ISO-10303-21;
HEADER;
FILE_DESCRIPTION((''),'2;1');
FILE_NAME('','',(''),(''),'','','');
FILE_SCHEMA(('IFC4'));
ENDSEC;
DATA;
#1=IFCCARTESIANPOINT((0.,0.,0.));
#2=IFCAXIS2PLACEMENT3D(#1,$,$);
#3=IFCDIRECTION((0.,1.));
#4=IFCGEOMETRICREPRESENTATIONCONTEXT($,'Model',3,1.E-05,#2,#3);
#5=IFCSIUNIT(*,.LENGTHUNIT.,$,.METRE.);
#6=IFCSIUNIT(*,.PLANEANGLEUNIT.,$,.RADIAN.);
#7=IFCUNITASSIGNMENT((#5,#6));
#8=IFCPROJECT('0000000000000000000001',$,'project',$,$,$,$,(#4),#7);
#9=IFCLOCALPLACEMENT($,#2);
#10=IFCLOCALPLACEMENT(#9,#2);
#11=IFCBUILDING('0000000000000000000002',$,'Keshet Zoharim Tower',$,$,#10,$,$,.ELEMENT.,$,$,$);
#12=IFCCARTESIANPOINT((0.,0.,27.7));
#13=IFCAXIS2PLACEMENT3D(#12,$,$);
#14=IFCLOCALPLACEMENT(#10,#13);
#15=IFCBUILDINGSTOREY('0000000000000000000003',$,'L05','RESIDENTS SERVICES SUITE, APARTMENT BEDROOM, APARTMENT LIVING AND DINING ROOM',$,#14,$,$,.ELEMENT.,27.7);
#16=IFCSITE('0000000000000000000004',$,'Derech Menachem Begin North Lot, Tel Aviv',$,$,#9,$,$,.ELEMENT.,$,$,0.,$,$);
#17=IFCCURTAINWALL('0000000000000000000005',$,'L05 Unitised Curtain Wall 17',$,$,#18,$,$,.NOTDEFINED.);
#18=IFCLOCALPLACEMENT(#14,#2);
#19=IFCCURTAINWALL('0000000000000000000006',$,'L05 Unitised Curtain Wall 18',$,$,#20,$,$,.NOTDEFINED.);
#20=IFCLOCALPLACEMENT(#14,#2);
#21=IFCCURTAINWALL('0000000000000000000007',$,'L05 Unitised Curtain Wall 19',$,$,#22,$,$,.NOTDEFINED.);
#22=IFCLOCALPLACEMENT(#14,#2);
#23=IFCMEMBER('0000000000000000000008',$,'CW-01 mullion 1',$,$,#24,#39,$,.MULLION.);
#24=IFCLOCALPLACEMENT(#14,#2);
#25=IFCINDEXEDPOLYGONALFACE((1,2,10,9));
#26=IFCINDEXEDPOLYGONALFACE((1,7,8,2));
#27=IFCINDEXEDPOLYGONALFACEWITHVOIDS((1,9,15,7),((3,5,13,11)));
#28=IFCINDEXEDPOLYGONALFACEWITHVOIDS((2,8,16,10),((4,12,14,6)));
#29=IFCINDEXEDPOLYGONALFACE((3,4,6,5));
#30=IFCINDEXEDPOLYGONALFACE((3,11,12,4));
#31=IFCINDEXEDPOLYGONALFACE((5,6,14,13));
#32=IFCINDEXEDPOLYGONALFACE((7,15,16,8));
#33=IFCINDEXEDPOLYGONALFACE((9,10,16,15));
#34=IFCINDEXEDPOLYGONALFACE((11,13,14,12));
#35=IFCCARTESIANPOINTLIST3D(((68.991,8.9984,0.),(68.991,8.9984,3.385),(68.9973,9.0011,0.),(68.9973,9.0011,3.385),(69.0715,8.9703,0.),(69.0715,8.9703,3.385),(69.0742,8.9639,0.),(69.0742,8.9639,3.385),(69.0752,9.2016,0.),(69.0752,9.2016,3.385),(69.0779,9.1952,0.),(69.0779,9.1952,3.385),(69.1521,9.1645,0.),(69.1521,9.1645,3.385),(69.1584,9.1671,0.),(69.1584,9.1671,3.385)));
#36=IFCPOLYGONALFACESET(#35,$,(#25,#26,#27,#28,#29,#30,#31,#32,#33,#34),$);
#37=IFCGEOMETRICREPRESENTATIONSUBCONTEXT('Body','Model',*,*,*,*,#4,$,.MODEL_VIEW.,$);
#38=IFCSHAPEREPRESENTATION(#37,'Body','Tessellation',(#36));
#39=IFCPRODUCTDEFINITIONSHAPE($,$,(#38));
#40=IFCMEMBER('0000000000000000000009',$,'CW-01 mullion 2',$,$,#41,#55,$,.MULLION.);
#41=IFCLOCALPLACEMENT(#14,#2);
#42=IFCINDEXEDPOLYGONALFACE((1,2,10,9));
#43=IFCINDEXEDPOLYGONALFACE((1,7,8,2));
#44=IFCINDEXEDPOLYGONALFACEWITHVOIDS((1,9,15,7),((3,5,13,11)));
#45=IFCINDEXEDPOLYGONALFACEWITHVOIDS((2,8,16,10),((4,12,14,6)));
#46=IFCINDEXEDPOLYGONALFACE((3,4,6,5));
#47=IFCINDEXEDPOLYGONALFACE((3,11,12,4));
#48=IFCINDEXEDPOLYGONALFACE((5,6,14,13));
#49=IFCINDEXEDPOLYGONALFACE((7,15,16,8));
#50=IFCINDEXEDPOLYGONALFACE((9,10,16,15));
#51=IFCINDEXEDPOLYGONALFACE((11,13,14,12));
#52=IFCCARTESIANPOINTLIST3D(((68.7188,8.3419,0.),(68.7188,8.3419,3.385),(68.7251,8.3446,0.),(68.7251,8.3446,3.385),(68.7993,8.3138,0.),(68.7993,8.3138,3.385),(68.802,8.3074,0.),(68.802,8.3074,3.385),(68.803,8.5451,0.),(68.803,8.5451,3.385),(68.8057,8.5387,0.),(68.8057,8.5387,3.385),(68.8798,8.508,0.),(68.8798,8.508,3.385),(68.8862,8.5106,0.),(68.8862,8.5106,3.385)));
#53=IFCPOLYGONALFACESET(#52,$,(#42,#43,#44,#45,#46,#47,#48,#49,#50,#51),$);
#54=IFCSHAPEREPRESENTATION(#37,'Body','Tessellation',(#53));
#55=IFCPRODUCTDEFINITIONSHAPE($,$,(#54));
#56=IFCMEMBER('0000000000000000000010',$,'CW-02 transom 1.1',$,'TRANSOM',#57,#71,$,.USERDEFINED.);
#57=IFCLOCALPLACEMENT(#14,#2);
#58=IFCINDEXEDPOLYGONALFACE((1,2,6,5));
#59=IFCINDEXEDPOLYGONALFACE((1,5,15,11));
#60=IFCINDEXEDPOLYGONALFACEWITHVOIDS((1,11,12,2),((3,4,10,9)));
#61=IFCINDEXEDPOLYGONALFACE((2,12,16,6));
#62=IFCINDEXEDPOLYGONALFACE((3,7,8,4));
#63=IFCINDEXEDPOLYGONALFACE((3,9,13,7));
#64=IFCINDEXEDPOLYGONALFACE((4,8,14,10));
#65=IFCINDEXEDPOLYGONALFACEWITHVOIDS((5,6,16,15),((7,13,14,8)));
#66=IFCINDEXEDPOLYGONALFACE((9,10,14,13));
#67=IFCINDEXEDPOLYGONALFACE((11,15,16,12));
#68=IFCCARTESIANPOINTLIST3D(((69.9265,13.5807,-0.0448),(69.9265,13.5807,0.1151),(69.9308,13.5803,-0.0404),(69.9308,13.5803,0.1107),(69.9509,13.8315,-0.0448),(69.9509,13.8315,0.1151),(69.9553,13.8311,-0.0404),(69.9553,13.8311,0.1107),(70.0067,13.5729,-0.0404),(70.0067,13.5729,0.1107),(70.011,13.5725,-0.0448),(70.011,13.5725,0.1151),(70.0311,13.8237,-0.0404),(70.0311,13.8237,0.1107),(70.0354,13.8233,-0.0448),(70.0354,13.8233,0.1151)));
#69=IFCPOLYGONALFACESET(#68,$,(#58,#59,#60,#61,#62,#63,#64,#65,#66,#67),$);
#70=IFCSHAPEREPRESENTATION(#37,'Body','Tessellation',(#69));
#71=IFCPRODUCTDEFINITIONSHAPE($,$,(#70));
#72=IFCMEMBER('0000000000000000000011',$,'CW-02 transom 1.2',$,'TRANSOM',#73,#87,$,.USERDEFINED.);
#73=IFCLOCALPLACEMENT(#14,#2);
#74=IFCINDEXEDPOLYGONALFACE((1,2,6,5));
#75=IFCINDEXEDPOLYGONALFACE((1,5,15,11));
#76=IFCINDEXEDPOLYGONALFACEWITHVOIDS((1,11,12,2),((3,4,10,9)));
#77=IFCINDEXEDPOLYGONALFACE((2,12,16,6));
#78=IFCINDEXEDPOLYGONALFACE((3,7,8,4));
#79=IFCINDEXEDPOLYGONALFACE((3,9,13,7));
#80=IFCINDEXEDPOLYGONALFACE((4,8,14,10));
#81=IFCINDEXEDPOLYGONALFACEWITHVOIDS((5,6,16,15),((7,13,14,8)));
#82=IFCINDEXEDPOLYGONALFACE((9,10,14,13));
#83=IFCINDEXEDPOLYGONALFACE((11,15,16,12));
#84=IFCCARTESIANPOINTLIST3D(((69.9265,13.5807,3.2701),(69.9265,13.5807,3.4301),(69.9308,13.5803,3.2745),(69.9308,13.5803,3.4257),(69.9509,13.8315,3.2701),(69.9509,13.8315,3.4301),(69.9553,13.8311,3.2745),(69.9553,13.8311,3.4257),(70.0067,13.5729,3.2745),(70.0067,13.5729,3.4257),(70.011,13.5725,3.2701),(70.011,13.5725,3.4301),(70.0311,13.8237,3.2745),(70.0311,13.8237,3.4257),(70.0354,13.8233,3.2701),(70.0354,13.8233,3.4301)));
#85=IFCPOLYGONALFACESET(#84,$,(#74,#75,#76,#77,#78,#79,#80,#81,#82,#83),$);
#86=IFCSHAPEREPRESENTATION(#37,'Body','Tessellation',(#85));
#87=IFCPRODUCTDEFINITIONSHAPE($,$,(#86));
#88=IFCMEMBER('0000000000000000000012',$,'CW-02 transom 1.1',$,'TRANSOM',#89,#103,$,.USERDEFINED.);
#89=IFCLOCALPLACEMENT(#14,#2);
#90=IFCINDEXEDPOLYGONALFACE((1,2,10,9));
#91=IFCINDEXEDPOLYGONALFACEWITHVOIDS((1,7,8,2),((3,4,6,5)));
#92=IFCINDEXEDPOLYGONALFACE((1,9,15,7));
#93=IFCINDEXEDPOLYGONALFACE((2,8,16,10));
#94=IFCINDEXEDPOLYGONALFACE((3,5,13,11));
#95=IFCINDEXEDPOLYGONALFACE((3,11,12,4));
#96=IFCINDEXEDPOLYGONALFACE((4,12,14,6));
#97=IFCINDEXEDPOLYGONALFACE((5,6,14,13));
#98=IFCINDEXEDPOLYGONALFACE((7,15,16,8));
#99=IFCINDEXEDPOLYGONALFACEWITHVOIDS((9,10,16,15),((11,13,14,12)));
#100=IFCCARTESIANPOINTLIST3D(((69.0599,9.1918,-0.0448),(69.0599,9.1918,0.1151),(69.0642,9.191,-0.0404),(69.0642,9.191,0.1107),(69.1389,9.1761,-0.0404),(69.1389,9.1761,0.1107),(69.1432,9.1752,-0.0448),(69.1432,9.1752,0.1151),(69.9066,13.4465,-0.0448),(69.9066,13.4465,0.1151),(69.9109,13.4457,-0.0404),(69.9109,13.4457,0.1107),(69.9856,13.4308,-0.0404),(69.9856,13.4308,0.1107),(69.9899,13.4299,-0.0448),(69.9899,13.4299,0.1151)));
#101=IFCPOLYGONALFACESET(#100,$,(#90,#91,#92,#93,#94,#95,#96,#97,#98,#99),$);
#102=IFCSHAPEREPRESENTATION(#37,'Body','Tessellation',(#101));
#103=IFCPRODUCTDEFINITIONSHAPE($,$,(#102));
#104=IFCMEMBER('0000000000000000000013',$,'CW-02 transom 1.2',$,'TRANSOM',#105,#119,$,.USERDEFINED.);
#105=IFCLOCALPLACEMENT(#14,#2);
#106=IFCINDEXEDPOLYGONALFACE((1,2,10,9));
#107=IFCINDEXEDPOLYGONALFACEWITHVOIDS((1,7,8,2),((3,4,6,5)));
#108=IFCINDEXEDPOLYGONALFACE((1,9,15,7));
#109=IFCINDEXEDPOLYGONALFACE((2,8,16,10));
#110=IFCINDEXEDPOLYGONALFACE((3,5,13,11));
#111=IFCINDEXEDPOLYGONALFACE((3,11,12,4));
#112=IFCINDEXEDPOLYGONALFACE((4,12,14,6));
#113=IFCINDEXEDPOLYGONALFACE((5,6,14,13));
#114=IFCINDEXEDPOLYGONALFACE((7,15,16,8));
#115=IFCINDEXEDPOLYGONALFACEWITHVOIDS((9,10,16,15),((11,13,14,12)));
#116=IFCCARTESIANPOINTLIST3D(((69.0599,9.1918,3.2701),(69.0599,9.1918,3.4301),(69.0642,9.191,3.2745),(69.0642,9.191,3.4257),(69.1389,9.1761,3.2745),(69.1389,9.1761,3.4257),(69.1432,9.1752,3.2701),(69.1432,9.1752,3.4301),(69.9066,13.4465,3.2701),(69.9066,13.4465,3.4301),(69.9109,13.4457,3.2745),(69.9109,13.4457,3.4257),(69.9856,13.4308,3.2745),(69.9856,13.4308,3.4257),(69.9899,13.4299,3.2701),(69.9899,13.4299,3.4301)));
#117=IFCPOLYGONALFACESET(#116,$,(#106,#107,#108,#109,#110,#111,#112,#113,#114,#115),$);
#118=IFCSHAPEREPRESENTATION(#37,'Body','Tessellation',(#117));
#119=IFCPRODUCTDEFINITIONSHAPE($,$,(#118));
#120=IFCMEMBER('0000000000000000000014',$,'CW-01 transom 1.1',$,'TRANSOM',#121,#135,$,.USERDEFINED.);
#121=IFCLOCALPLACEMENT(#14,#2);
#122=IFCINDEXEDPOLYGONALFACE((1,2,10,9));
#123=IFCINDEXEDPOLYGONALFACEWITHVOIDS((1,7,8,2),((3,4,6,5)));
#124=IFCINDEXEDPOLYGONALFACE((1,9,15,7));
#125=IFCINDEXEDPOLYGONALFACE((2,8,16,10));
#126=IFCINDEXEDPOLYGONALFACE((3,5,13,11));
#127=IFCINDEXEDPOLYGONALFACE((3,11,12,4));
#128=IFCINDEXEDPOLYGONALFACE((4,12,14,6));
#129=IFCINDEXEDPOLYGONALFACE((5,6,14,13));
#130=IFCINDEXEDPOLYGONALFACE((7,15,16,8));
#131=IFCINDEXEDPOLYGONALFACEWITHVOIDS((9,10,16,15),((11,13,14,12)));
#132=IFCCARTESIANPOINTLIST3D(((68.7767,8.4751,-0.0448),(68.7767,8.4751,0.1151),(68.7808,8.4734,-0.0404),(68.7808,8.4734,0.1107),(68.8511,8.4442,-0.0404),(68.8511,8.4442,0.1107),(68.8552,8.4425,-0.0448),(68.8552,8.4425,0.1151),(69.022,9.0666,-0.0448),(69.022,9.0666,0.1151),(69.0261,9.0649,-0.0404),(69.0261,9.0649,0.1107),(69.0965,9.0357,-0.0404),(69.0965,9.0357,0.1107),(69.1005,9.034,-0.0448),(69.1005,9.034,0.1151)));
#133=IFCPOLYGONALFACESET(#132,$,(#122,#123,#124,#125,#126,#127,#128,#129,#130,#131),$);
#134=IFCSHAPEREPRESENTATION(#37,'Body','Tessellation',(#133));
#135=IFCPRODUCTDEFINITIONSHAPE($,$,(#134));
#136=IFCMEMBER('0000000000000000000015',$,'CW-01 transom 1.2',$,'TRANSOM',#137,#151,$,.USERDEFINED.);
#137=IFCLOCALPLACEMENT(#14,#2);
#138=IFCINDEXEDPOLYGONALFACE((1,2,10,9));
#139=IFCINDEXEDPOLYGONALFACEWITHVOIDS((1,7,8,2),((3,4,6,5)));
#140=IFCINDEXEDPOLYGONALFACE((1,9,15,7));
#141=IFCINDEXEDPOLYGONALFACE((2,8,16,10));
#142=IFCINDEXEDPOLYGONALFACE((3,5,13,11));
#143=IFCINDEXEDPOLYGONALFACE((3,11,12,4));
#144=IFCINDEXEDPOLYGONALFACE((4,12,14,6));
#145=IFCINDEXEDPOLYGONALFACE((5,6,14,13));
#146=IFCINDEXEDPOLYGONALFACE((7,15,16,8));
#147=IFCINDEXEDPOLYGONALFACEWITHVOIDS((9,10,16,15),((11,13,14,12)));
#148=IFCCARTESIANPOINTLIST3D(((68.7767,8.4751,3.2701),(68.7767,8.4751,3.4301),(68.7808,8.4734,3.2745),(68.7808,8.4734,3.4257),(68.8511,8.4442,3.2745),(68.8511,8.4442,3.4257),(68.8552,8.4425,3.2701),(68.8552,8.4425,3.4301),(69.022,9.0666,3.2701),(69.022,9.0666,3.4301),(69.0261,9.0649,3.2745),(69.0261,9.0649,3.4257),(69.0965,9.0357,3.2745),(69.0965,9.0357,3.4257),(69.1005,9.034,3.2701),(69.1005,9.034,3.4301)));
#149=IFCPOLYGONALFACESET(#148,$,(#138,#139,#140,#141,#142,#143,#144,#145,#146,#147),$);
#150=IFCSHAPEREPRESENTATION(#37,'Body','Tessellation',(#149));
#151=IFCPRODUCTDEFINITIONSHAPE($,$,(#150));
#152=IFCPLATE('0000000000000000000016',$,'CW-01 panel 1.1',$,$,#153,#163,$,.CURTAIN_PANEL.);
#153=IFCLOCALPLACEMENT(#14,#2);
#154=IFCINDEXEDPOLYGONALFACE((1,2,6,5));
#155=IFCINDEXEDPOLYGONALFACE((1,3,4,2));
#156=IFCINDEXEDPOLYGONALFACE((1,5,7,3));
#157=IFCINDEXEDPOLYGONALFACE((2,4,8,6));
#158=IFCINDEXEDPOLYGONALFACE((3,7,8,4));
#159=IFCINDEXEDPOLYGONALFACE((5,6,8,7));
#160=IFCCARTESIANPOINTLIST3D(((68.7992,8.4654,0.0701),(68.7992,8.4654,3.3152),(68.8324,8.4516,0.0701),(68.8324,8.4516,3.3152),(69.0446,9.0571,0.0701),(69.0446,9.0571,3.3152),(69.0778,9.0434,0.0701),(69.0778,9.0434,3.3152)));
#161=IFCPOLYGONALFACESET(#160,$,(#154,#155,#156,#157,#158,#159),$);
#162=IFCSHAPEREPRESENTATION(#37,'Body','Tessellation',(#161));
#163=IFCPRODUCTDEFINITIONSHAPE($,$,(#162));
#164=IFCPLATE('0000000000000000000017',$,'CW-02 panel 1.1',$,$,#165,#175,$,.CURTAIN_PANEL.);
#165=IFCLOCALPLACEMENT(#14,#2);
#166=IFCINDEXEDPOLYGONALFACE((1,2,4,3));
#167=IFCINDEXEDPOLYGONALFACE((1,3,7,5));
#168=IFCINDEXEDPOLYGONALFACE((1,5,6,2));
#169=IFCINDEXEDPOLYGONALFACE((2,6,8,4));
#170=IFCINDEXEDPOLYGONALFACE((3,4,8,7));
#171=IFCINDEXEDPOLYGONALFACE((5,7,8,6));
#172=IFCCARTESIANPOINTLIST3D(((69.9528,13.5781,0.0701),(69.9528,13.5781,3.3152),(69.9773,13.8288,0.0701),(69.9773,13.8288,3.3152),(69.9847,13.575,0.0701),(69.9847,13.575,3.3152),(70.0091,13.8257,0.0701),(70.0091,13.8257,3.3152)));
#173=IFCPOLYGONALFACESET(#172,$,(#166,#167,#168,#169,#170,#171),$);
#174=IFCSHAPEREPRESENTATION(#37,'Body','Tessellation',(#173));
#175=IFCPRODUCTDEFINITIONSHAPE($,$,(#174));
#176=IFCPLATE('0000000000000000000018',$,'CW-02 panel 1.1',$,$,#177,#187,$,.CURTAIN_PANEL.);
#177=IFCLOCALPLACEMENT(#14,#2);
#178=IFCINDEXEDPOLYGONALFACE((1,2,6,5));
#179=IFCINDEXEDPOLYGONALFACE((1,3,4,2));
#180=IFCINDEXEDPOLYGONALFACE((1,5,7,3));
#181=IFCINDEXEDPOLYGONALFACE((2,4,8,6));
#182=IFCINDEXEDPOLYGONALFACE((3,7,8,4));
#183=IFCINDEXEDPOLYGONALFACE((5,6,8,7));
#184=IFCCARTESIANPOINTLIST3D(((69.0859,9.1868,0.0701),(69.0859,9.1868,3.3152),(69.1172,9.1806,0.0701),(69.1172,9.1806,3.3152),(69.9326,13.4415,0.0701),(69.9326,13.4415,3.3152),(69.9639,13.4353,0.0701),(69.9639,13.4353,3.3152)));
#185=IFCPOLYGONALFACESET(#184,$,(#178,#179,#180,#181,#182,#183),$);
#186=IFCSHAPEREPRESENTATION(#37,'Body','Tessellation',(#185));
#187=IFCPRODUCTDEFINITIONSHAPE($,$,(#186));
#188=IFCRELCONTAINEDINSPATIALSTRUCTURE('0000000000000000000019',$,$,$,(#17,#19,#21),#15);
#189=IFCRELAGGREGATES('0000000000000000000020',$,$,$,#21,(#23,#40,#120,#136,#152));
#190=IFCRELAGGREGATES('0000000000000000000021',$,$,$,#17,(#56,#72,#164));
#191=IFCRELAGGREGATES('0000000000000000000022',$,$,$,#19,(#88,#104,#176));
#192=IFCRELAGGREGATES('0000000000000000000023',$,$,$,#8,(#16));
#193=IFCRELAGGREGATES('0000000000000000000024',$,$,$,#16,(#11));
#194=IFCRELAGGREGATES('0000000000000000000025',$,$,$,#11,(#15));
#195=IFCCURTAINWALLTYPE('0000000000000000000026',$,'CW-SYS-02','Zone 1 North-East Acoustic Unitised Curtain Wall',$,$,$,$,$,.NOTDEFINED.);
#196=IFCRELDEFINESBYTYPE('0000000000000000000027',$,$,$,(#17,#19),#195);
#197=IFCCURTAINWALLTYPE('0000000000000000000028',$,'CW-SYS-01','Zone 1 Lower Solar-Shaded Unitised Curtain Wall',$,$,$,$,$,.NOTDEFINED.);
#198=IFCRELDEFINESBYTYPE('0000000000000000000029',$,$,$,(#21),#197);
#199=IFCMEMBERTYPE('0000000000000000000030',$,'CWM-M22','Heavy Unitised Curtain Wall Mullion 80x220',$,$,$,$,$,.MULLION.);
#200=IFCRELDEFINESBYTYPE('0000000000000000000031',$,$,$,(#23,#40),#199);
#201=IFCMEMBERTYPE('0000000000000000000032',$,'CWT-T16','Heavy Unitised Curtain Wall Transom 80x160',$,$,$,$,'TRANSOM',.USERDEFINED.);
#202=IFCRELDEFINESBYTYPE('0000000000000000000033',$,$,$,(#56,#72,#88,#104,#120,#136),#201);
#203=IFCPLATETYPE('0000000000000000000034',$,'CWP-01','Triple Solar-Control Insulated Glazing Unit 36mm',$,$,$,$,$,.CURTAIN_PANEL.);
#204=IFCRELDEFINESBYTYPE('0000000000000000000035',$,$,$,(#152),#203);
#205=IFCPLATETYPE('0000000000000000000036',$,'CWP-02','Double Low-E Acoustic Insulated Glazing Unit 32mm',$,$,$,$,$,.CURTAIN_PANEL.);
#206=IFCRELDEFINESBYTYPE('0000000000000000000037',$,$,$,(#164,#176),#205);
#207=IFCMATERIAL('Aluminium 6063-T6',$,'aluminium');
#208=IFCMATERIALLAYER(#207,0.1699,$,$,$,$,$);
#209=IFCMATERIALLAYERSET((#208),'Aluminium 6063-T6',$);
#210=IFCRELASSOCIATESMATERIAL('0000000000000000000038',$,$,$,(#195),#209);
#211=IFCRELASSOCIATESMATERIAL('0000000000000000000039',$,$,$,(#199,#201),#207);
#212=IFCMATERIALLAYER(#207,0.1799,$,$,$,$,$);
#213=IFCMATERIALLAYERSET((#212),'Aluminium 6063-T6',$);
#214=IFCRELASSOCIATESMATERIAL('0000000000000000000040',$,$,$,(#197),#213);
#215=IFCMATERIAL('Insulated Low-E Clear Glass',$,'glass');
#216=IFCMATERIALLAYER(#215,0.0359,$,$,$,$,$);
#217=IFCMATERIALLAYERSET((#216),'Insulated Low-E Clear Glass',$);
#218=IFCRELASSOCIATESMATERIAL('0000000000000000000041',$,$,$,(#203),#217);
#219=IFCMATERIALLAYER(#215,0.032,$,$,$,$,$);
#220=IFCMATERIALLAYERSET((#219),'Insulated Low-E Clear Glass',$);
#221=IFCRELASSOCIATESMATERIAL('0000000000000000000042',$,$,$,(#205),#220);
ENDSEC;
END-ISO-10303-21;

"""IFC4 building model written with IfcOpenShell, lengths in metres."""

from ifc_helpers import new_model, si_unit, direction, frame, origin, origin_2d, place, context, subcontext, project, spatial, rectangle, hollow_rectangle, extrude, material, layer, layer_set, material_profile, profile_set, type_object, element, aggregate, save


model = new_model("IFC4")

# Units and contexts
model_context = context("Model", 3, precision=1e-05, world=origin(), true_north=direction((0.0, 1.0)))
body_context = subcontext(model_context, "Body", "Model", "MODEL_VIEW")
ifc_project = project(units=[si_unit("LENGTHUNIT", "METRE"), si_unit("PLANEANGLEUNIT", "RADIAN")], contexts=[model_context])

# Site, building, storey
site_placement = place(None, origin())
site = spatial("IfcSite", under=ifc_project, at=site_placement, Name="Derech Menachem Begin North Lot, Tel Aviv", CompositionType="ELEMENT", RefElevation=0.0)
building_placement = place(site_placement, origin())
building = spatial("IfcBuilding", under=site, at=building_placement, Name="Keshet Zoharim Tower", CompositionType="ELEMENT")
storey_placement = place(building_placement, frame((0.0, 0.0, 27.7)))
storey = spatial("IfcBuildingStorey", under=building, at=storey_placement, Name="L05", Description="RESIDENTS SERVICES SUITE, APARTMENT BEDROOM, APARTMENT LIVING AND DINING ROOM", CompositionType="ELEMENT", Elevation=27.7)

# Shared definitions
ifc_material_1 = material(Name="Aluminium 6063-T6", Category="aluminium")
ifc_layer_1 = layer(ifc_material_1, 0.1699)
ifc_layer_set_1 = layer_set([ifc_layer_1], Name="Aluminium 6063-T6")
curtain_wall_type_1 = type_object("IfcCurtainWallType", Name="CW-SYS-02", Description="Zone 1 North-East Acoustic Unitised Curtain Wall", PredefinedType="NOTDEFINED", material=ifc_layer_set_1)
ifc_material_profile_1 = material_profile(ifc_material_1, hollow_rectangle(XDim=0.0901, YDim=0.22, WallThickness=0.0049, at=origin_2d()), Name="MUL-90x220")
ifc_profile_set_1 = profile_set([ifc_material_profile_1], Name="Aluminium 6063-T6")
member_type_1 = type_object("IfcMemberType", Name="CWM-M22", Description="Heavy Unitised Curtain Wall Mullion 80x220", PredefinedType="MULLION", material=ifc_profile_set_1)

# Curtain walls, members
curtain_wall_1_placement = place(storey_placement, origin())
curtain_wall_1 = element("IfcCurtainWall", 1, at=curtain_wall_1_placement, inside=storey, type_object=curtain_wall_type_1, Name="L05 Unitised Curtain Wall 17", PredefinedType="NOTDEFINED")
curtain_wall_2_placement = place(storey_placement, origin())
curtain_wall_2 = element("IfcCurtainWall", 2, at=curtain_wall_2_placement, inside=storey, type_object=curtain_wall_type_1, Name="L05 Unitised Curtain Wall 18", PredefinedType="NOTDEFINED")
ifc_layer_2 = layer(ifc_material_1, 0.1799)
ifc_layer_set_2 = layer_set([ifc_layer_2], Name="Aluminium 6063-T6")
curtain_wall_type_2 = type_object("IfcCurtainWallType", Name="CW-SYS-01", Description="Zone 1 Lower Solar-Shaded Unitised Curtain Wall", PredefinedType="NOTDEFINED", material=ifc_layer_set_2)
curtain_wall_3_placement = place(storey_placement, origin())
curtain_wall_3 = element("IfcCurtainWall", 3, at=curtain_wall_3_placement, inside=storey, type_object=curtain_wall_type_2, Name="L05 Unitised Curtain Wall 19", PredefinedType="NOTDEFINED")
member_1_placement = place(storey_placement, frame((69.0747, 9.0828, 0.0), z_axis=(0.0, 0.0, 1.0), x_axis=(0.92372, -0.383068, 0.0)))
member_1 = element("IfcMember", 4, at=member_1_placement, type_object=member_type_1, Name="CW-01 mullion 1", PredefinedType="MULLION", context=body_context, shape_type="SweptSolid", body=[
    extrude(hollow_rectangle(XDim=0.0901, YDim=0.22, WallThickness=0.0049, at=origin_2d()), origin(), (0.0, 0.0, 1.0), 3.385),
])
member_2_placement = place(storey_placement, frame((68.8025, 8.4263, 0.0), z_axis=(0.0, 0.0, 1.0), x_axis=(0.92372, -0.383068, 0.0)))
member_2 = element("IfcMember", 5, at=member_2_placement, type_object=member_type_1, Name="CW-01 mullion 2", PredefinedType="MULLION", context=body_context, shape_type="SweptSolid", body=[
    extrude(hollow_rectangle(XDim=0.0901, YDim=0.22, WallThickness=0.0049, at=origin_2d()), origin(), (0.0, 0.0, 1.0), 3.385),
])

# Members
ifc_material_profile_2 = material_profile(ifc_material_1, hollow_rectangle(XDim=0.085, YDim=0.1599, WallThickness=0.0044, at=origin_2d()), Name="TRN-85x160")
ifc_profile_set_2 = profile_set([ifc_material_profile_2], Name="Aluminium 6063-T6")
member_type_2 = type_object("IfcMemberType", Name="CWT-T16", Description="Heavy Unitised Curtain Wall Transom 80x160", ElementType="TRANSOM", PredefinedType="USERDEFINED", material=ifc_profile_set_2)
member_3_placement = place(storey_placement, frame((69.9932, 13.8274, 0.0352), z_axis=(-0.096913, -0.995293, 0.0), x_axis=(0.995293, -0.096913, 0.0)))
member_3 = element("IfcMember", 6, at=member_3_placement, type_object=member_type_2, Name="CW-02 transom 1.1", ObjectType="TRANSOM", PredefinedType="USERDEFINED", context=body_context, shape_type="SweptSolid", body=[
    extrude(hollow_rectangle(XDim=0.085, YDim=0.1599, WallThickness=0.0044, at=origin_2d()), origin(), (0.0, 0.0, 1.0), 0.252),
])
member_4_placement = place(storey_placement, frame((69.9932, 13.8274, 3.3501), z_axis=(-0.096913, -0.995293, 0.0), x_axis=(0.995293, -0.096913, 0.0)))
member_4 = element("IfcMember", 7, at=member_4_placement, type_object=member_type_2, Name="CW-02 transom 1.2", ObjectType="TRANSOM", PredefinedType="USERDEFINED", context=body_context, shape_type="SweptSolid", body=[
    extrude(hollow_rectangle(XDim=0.085, YDim=0.1599, WallThickness=0.0044, at=origin_2d()), origin(), (0.0, 0.0, 1.0), 0.252),
])
member_5_placement = place(storey_placement, frame((69.9482, 13.4382, 0.0352), z_axis=(-0.195174, -0.980769, 0.0), x_axis=(0.980769, -0.195174, 0.0)))
member_5 = element("IfcMember", 8, at=member_5_placement, type_object=member_type_2, Name="CW-02 transom 1.1", ObjectType="TRANSOM", PredefinedType="USERDEFINED", context=body_context, shape_type="SweptSolid", body=[
    extrude(hollow_rectangle(XDim=0.085, YDim=0.1599, WallThickness=0.0044, at=origin_2d()), origin(), (0.0, 0.0, 1.0), 4.3381),
])
member_6_placement = place(storey_placement, frame((69.9482, 13.4382, 3.3501), z_axis=(-0.195174, -0.980769, 0.0), x_axis=(0.980769, -0.195174, 0.0)))
member_6 = element("IfcMember", 9, at=member_6_placement, type_object=member_type_2, Name="CW-02 transom 1.2", ObjectType="TRANSOM", PredefinedType="USERDEFINED", context=body_context, shape_type="SweptSolid", body=[
    extrude(hollow_rectangle(XDim=0.085, YDim=0.1599, WallThickness=0.0044, at=origin_2d()), origin(), (0.0, 0.0, 1.0), 4.3381),
])
member_7_placement = place(storey_placement, frame((69.0613, 9.0503, 0.0352), z_axis=(-0.383126, -0.923696, 0.0), x_axis=(0.923696, -0.383126, 0.0)))
member_7 = element("IfcMember", 10, at=member_7_placement, type_object=member_type_2, Name="CW-01 transom 1.1", ObjectType="TRANSOM", PredefinedType="USERDEFINED", context=body_context, shape_type="SweptSolid", body=[
    extrude(hollow_rectangle(XDim=0.085, YDim=0.1599, WallThickness=0.0044, at=origin_2d()), origin(), (0.0, 0.0, 1.0), 0.6404),
])
member_8_placement = place(storey_placement, frame((69.0613, 9.0503, 3.3501), z_axis=(-0.383126, -0.923696, 0.0), x_axis=(0.923696, -0.383126, 0.0)))
member_8 = element("IfcMember", 11, at=member_8_placement, type_object=member_type_2, Name="CW-01 transom 1.2", ObjectType="TRANSOM", PredefinedType="USERDEFINED", context=body_context, shape_type="SweptSolid", body=[
    extrude(hollow_rectangle(XDim=0.085, YDim=0.1599, WallThickness=0.0044, at=origin_2d()), origin(), (0.0, 0.0, 1.0), 0.6404),
])

# Plates
ifc_material_2 = material(Name="Insulated Low-E Clear Glass", Category="glass")
ifc_layer_3 = layer(ifc_material_2, 0.0359)
ifc_layer_set_3 = layer_set([ifc_layer_3], Name="Insulated Low-E Clear Glass")
plate_type_1 = type_object("IfcPlateType", Name="CWP-01", Description="Triple Solar-Control Insulated Glazing Unit 36mm", PredefinedType="CURTAIN_PANEL", material=ifc_layer_set_3)
plate_1_placement = place(storey_placement, frame((68.9385, 8.7544, 0.0701), z_axis=(0.0, 0.0, 1.0), x_axis=(-0.383068, -0.92372, 0.0)))
plate_1 = element("IfcPlate", 12, at=plate_1_placement, type_object=plate_type_1, Name="CW-01 panel 1.1", PredefinedType="CURTAIN_PANEL", context=body_context, shape_type="SweptSolid", body=[
    extrude(rectangle(XDim=0.6406, YDim=0.0359, at=origin_2d()), origin(), (0.0, 0.0, 1.0), 3.2451),
])
aggregate(curtain_wall_3, [member_1, member_2, member_7, member_8, plate_1])
ifc_layer_4 = layer(ifc_material_2, 0.032)
ifc_layer_set_4 = layer_set([ifc_layer_4], Name="Insulated Low-E Clear Glass")
plate_type_2 = type_object("IfcPlateType", Name="CWP-02", Description="Double Low-E Acoustic Insulated Glazing Unit 32mm", PredefinedType="CURTAIN_PANEL", material=ifc_layer_set_4)
plate_2_placement = place(storey_placement, frame((69.981, 13.7019, 0.0701), z_axis=(0.0, 0.0, 1.0), x_axis=(-0.096977, -0.995287, 0.0)))
plate_2 = element("IfcPlate", 13, at=plate_2_placement, type_object=plate_type_2, Name="CW-02 panel 1.1", PredefinedType="CURTAIN_PANEL", context=body_context, shape_type="SweptSolid", body=[
    extrude(rectangle(XDim=0.252, YDim=0.032, at=origin_2d()), origin(), (0.0, 0.0, 1.0), 3.2451),
])
aggregate(curtain_wall_1, [member_3, member_4, plate_2])
plate_3_placement = place(storey_placement, frame((69.5249, 11.311, 0.0701), z_axis=(0.0, 0.0, 1.0), x_axis=(-0.195171, -0.980769, 0.0)))
plate_3 = element("IfcPlate", 14, at=plate_3_placement, type_object=plate_type_2, Name="CW-02 panel 1.1", PredefinedType="CURTAIN_PANEL", context=body_context, shape_type="SweptSolid", body=[
    extrude(rectangle(XDim=4.3381, YDim=0.032, at=origin_2d()), origin(), (0.0, 0.0, 1.0), 3.2451),
])
aggregate(curtain_wall_2, [member_5, member_6, plate_3])

save(model, "model.ifc")
